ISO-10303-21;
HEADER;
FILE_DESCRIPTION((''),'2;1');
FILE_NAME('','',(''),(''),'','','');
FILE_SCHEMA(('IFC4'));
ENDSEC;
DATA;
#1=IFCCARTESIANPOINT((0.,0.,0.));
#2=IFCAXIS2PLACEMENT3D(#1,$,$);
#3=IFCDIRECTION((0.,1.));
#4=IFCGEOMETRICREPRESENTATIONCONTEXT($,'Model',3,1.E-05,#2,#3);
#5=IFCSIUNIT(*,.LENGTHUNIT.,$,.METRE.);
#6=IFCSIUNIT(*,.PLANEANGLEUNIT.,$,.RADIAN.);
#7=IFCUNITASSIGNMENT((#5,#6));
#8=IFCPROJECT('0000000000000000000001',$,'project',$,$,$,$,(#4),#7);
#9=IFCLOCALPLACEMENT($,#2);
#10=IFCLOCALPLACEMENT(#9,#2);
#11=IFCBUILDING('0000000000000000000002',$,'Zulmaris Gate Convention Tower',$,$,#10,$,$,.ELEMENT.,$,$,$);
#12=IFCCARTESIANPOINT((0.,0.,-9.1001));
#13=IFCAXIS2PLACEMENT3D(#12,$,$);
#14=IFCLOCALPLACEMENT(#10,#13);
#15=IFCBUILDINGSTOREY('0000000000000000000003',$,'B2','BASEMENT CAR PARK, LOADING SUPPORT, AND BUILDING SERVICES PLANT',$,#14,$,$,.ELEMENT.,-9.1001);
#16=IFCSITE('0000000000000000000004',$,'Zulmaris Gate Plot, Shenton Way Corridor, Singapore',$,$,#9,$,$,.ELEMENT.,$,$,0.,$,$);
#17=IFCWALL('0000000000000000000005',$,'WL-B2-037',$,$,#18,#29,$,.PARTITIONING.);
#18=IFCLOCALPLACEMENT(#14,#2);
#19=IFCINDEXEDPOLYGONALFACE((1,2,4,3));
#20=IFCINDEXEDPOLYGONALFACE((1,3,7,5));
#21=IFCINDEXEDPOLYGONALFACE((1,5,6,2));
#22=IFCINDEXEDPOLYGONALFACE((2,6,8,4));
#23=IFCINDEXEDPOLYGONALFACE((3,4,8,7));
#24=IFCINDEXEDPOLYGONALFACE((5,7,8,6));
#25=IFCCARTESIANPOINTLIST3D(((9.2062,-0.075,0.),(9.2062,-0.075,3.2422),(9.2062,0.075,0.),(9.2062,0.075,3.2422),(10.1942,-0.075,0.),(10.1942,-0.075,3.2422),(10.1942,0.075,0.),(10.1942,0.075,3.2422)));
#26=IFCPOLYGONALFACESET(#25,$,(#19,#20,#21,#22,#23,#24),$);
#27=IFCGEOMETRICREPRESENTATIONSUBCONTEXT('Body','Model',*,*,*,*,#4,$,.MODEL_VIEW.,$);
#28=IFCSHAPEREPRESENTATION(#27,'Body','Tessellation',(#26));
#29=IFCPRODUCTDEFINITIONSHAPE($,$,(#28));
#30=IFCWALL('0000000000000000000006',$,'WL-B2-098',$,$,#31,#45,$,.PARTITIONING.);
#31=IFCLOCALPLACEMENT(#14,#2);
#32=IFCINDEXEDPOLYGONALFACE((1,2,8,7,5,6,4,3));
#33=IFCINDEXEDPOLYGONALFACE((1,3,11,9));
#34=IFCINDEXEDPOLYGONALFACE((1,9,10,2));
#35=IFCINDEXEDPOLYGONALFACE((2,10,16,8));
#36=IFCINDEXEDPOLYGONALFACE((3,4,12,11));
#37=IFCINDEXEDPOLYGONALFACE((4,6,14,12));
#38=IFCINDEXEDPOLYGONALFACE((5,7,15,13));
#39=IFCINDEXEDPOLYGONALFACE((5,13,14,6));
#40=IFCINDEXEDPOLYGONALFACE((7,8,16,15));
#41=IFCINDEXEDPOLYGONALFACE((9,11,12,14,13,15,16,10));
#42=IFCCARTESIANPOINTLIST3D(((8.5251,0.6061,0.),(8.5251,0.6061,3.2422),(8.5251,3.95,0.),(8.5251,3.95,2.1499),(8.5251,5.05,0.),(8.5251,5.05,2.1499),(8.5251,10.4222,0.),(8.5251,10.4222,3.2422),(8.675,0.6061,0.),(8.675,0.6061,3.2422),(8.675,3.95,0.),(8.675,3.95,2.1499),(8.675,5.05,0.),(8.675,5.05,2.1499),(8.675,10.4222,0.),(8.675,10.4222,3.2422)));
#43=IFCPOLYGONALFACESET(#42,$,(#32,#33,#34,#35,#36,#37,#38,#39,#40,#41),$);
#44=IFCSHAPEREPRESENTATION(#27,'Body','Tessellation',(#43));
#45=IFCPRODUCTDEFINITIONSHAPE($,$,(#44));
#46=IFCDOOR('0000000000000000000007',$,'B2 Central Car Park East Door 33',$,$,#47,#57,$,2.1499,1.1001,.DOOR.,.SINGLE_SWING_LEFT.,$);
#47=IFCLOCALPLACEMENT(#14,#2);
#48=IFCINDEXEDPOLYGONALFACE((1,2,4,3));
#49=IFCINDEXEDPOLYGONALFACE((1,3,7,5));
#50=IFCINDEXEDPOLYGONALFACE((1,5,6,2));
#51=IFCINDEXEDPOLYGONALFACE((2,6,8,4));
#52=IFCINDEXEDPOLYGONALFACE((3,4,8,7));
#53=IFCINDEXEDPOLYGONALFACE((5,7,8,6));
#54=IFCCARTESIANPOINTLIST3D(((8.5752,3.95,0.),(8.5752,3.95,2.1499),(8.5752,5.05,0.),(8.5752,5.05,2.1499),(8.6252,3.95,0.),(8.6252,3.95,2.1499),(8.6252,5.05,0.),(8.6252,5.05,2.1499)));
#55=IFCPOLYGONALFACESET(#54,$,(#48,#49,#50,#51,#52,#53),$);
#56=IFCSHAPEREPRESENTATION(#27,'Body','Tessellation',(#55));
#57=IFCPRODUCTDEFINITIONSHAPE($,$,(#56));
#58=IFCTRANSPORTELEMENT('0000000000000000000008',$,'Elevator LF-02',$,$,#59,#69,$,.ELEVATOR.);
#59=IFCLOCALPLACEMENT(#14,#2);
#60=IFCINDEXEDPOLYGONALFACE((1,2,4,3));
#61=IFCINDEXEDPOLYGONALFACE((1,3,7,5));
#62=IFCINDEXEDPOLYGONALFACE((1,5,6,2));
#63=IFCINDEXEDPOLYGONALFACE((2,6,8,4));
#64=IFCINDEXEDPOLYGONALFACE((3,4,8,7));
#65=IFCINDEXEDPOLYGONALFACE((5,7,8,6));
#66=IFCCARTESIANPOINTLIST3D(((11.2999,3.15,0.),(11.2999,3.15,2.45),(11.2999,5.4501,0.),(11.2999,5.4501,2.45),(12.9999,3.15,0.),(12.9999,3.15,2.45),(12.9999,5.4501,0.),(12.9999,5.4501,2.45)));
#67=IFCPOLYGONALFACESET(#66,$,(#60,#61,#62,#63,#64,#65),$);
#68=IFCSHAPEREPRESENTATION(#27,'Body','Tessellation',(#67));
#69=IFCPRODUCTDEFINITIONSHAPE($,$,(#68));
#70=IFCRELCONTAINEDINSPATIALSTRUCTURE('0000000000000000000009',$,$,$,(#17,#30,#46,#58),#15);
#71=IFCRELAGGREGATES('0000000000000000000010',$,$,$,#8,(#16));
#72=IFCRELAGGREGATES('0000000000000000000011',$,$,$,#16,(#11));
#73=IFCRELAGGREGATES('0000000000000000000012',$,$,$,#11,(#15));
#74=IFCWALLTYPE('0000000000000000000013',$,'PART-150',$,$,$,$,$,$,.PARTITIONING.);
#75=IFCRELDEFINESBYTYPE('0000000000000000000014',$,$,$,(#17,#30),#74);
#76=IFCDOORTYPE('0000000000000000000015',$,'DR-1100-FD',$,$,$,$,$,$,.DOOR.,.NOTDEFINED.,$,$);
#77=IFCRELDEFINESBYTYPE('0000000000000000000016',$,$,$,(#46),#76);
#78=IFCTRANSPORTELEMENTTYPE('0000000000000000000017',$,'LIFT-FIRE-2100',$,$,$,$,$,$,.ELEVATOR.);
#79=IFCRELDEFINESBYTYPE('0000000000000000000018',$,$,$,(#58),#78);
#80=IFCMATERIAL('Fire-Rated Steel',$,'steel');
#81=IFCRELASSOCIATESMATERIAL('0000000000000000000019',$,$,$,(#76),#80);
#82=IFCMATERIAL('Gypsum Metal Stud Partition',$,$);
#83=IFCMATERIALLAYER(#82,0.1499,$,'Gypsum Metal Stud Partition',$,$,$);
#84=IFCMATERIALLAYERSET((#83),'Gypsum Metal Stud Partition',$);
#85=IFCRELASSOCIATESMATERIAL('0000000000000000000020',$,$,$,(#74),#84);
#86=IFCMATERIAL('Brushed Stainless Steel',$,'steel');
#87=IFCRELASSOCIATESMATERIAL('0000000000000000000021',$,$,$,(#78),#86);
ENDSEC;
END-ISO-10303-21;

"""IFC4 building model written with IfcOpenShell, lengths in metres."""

from ifc_helpers import new_model, si_unit, direction, frame, frame_2d, origin, origin_2d, place, context, subcontext, project, spatial, rectangle, extrude, material, layer, layer_set, type_object, element, fill, save


model = new_model("IFC4")

# Units and contexts
model_context = context("Model", 3, precision=1e-05, world=origin(), true_north=direction((0.0, 1.0)))
body_context = subcontext(model_context, "Body", "Model", "MODEL_VIEW")
ifc_project = project(units=[si_unit("LENGTHUNIT", "METRE"), si_unit("PLANEANGLEUNIT", "RADIAN")], contexts=[model_context])

# Site, building, storey
site_placement = place(None, origin())
site = spatial("IfcSite", under=ifc_project, at=site_placement, Name="Zulmaris Gate Plot, Shenton Way Corridor, Singapore", CompositionType="ELEMENT", RefElevation=0.0)
building_placement = place(site_placement, origin())
building = spatial("IfcBuilding", under=site, at=building_placement, Name="Zulmaris Gate Convention Tower", CompositionType="ELEMENT")
storey_placement = place(building_placement, frame((0.0, 0.0, -9.1001)))
storey = spatial("IfcBuildingStorey", under=building, at=storey_placement, Name="B2", Description="BASEMENT CAR PARK, LOADING SUPPORT, AND BUILDING SERVICES PLANT", CompositionType="ELEMENT", Elevation=-9.1001)

# Shared definitions
ifc_material_1 = material(Name="Brushed Stainless Steel", Category="steel")

# Shared definitions
ifc_material_2 = material(Name="Fire-Rated Steel", Category="steel")
door_type_1 = type_object("IfcDoorType", Name="DR-1100-FD", OperationType="NOTDEFINED", PredefinedType="DOOR", material=ifc_material_2)

# Wall
ifc_material_3 = material(Name="Gypsum Metal Stud Partition")
ifc_layer_1 = layer(ifc_material_3, 0.1499, Name="Gypsum Metal Stud Partition")
ifc_layer_set_1 = layer_set([ifc_layer_1], Name="Gypsum Metal Stud Partition")
wall_type_1 = type_object("IfcWallType", Name="PART-150", PredefinedType="PARTITIONING", material=ifc_layer_set_1)
wall_1_placement = place(storey_placement, frame((9.2061, 0.0, 0.0), z_axis=(0.0, 0.0, 1.0), x_axis=(1.0, 0.0, 0.0)))
element("IfcWall", 1, at=wall_1_placement, inside=storey, type_object=wall_type_1, Name="WL-B2-037", PredefinedType="PARTITIONING", context=body_context, shape_type="SweptSolid", body=[
    extrude(rectangle(XDim=0.988, YDim=0.1499, at=frame_2d((0.4941, 0.0))), origin(), (0.0, 0.0, 1.0), 3.2422),
])

# Wall, opening, door
wall_2_placement = place(storey_placement, frame((8.6001, 0.606, 0.0), z_axis=(0.0, 0.0, 1.0), x_axis=(0.0, 1.0, 0.0)))
wall_2 = element("IfcWall", 2, at=wall_2_placement, inside=storey, type_object=wall_type_1, Name="WL-B2-098", PredefinedType="PARTITIONING", context=body_context, shape_type="SweptSolid", body=[
    extrude(rectangle(XDim=9.8162, YDim=0.1499, at=frame_2d((4.9082, 0.0))), origin(), (0.0, 0.0, 1.0), 3.2422),
])
opening_1_placement = place(wall_2_placement, frame((3.344, 0.0, 0.0)))
opening_1 = element("IfcOpeningElement", 3, at=opening_1_placement, cuts=wall_2, PredefinedType="OPENING", context=body_context, shape_type="SweptSolid", body=[
    extrude(rectangle(XDim=1.1001, YDim=2.1499, at=frame_2d((0.55, 1.075))), frame((0.0, 0.085, 0.0), z_axis=(0.0, -1.0, 0.0), x_axis=(1.0, 0.0, 0.0)), (0.0, 0.0, 1.0), 0.1699),
])
door_1_placement = place(opening_1_placement, origin())
door_1 = element("IfcDoor", 4, at=door_1_placement, inside=storey, type_object=door_type_1, Name="B2 Central Car Park East Door 33", OperationType="SINGLE_SWING_LEFT", OverallHeight=2.1499, OverallWidth=1.1001, PredefinedType="DOOR", context=body_context, shape_type="SweptSolid", body=[
    extrude(rectangle(XDim=1.1001, YDim=2.1499, at=frame_2d((0.55, 1.075))), frame((0.0, 0.0249, 0.0), z_axis=(0.0, -1.0, 0.0), x_axis=(1.0, 0.0, 0.0)), (0.0, 0.0, 1.0), 0.05),
])
fill(opening_1, door_1)

# Transport element
transport_element_type = type_object("IfcTransportElementType", Name="LIFT-FIRE-2100", PredefinedType="ELEVATOR", material=ifc_material_1)
transport_element_placement = place(storey_placement, frame((12.1499, 4.3, 0.0), z_axis=(0.0, 0.0, 1.0), x_axis=(1.0, 0.0, 0.0)))
element("IfcTransportElement", 5, at=transport_element_placement, inside=storey, type_object=transport_element_type, Name="Elevator LF-02", PredefinedType="ELEVATOR", context=body_context, shape_type="SweptSolid", body=[
    extrude(rectangle(XDim=1.7, YDim=2.3, at=origin_2d()), origin(), (0.0, 0.0, 1.0), 2.45),
])

save(model, "model.ifc")
